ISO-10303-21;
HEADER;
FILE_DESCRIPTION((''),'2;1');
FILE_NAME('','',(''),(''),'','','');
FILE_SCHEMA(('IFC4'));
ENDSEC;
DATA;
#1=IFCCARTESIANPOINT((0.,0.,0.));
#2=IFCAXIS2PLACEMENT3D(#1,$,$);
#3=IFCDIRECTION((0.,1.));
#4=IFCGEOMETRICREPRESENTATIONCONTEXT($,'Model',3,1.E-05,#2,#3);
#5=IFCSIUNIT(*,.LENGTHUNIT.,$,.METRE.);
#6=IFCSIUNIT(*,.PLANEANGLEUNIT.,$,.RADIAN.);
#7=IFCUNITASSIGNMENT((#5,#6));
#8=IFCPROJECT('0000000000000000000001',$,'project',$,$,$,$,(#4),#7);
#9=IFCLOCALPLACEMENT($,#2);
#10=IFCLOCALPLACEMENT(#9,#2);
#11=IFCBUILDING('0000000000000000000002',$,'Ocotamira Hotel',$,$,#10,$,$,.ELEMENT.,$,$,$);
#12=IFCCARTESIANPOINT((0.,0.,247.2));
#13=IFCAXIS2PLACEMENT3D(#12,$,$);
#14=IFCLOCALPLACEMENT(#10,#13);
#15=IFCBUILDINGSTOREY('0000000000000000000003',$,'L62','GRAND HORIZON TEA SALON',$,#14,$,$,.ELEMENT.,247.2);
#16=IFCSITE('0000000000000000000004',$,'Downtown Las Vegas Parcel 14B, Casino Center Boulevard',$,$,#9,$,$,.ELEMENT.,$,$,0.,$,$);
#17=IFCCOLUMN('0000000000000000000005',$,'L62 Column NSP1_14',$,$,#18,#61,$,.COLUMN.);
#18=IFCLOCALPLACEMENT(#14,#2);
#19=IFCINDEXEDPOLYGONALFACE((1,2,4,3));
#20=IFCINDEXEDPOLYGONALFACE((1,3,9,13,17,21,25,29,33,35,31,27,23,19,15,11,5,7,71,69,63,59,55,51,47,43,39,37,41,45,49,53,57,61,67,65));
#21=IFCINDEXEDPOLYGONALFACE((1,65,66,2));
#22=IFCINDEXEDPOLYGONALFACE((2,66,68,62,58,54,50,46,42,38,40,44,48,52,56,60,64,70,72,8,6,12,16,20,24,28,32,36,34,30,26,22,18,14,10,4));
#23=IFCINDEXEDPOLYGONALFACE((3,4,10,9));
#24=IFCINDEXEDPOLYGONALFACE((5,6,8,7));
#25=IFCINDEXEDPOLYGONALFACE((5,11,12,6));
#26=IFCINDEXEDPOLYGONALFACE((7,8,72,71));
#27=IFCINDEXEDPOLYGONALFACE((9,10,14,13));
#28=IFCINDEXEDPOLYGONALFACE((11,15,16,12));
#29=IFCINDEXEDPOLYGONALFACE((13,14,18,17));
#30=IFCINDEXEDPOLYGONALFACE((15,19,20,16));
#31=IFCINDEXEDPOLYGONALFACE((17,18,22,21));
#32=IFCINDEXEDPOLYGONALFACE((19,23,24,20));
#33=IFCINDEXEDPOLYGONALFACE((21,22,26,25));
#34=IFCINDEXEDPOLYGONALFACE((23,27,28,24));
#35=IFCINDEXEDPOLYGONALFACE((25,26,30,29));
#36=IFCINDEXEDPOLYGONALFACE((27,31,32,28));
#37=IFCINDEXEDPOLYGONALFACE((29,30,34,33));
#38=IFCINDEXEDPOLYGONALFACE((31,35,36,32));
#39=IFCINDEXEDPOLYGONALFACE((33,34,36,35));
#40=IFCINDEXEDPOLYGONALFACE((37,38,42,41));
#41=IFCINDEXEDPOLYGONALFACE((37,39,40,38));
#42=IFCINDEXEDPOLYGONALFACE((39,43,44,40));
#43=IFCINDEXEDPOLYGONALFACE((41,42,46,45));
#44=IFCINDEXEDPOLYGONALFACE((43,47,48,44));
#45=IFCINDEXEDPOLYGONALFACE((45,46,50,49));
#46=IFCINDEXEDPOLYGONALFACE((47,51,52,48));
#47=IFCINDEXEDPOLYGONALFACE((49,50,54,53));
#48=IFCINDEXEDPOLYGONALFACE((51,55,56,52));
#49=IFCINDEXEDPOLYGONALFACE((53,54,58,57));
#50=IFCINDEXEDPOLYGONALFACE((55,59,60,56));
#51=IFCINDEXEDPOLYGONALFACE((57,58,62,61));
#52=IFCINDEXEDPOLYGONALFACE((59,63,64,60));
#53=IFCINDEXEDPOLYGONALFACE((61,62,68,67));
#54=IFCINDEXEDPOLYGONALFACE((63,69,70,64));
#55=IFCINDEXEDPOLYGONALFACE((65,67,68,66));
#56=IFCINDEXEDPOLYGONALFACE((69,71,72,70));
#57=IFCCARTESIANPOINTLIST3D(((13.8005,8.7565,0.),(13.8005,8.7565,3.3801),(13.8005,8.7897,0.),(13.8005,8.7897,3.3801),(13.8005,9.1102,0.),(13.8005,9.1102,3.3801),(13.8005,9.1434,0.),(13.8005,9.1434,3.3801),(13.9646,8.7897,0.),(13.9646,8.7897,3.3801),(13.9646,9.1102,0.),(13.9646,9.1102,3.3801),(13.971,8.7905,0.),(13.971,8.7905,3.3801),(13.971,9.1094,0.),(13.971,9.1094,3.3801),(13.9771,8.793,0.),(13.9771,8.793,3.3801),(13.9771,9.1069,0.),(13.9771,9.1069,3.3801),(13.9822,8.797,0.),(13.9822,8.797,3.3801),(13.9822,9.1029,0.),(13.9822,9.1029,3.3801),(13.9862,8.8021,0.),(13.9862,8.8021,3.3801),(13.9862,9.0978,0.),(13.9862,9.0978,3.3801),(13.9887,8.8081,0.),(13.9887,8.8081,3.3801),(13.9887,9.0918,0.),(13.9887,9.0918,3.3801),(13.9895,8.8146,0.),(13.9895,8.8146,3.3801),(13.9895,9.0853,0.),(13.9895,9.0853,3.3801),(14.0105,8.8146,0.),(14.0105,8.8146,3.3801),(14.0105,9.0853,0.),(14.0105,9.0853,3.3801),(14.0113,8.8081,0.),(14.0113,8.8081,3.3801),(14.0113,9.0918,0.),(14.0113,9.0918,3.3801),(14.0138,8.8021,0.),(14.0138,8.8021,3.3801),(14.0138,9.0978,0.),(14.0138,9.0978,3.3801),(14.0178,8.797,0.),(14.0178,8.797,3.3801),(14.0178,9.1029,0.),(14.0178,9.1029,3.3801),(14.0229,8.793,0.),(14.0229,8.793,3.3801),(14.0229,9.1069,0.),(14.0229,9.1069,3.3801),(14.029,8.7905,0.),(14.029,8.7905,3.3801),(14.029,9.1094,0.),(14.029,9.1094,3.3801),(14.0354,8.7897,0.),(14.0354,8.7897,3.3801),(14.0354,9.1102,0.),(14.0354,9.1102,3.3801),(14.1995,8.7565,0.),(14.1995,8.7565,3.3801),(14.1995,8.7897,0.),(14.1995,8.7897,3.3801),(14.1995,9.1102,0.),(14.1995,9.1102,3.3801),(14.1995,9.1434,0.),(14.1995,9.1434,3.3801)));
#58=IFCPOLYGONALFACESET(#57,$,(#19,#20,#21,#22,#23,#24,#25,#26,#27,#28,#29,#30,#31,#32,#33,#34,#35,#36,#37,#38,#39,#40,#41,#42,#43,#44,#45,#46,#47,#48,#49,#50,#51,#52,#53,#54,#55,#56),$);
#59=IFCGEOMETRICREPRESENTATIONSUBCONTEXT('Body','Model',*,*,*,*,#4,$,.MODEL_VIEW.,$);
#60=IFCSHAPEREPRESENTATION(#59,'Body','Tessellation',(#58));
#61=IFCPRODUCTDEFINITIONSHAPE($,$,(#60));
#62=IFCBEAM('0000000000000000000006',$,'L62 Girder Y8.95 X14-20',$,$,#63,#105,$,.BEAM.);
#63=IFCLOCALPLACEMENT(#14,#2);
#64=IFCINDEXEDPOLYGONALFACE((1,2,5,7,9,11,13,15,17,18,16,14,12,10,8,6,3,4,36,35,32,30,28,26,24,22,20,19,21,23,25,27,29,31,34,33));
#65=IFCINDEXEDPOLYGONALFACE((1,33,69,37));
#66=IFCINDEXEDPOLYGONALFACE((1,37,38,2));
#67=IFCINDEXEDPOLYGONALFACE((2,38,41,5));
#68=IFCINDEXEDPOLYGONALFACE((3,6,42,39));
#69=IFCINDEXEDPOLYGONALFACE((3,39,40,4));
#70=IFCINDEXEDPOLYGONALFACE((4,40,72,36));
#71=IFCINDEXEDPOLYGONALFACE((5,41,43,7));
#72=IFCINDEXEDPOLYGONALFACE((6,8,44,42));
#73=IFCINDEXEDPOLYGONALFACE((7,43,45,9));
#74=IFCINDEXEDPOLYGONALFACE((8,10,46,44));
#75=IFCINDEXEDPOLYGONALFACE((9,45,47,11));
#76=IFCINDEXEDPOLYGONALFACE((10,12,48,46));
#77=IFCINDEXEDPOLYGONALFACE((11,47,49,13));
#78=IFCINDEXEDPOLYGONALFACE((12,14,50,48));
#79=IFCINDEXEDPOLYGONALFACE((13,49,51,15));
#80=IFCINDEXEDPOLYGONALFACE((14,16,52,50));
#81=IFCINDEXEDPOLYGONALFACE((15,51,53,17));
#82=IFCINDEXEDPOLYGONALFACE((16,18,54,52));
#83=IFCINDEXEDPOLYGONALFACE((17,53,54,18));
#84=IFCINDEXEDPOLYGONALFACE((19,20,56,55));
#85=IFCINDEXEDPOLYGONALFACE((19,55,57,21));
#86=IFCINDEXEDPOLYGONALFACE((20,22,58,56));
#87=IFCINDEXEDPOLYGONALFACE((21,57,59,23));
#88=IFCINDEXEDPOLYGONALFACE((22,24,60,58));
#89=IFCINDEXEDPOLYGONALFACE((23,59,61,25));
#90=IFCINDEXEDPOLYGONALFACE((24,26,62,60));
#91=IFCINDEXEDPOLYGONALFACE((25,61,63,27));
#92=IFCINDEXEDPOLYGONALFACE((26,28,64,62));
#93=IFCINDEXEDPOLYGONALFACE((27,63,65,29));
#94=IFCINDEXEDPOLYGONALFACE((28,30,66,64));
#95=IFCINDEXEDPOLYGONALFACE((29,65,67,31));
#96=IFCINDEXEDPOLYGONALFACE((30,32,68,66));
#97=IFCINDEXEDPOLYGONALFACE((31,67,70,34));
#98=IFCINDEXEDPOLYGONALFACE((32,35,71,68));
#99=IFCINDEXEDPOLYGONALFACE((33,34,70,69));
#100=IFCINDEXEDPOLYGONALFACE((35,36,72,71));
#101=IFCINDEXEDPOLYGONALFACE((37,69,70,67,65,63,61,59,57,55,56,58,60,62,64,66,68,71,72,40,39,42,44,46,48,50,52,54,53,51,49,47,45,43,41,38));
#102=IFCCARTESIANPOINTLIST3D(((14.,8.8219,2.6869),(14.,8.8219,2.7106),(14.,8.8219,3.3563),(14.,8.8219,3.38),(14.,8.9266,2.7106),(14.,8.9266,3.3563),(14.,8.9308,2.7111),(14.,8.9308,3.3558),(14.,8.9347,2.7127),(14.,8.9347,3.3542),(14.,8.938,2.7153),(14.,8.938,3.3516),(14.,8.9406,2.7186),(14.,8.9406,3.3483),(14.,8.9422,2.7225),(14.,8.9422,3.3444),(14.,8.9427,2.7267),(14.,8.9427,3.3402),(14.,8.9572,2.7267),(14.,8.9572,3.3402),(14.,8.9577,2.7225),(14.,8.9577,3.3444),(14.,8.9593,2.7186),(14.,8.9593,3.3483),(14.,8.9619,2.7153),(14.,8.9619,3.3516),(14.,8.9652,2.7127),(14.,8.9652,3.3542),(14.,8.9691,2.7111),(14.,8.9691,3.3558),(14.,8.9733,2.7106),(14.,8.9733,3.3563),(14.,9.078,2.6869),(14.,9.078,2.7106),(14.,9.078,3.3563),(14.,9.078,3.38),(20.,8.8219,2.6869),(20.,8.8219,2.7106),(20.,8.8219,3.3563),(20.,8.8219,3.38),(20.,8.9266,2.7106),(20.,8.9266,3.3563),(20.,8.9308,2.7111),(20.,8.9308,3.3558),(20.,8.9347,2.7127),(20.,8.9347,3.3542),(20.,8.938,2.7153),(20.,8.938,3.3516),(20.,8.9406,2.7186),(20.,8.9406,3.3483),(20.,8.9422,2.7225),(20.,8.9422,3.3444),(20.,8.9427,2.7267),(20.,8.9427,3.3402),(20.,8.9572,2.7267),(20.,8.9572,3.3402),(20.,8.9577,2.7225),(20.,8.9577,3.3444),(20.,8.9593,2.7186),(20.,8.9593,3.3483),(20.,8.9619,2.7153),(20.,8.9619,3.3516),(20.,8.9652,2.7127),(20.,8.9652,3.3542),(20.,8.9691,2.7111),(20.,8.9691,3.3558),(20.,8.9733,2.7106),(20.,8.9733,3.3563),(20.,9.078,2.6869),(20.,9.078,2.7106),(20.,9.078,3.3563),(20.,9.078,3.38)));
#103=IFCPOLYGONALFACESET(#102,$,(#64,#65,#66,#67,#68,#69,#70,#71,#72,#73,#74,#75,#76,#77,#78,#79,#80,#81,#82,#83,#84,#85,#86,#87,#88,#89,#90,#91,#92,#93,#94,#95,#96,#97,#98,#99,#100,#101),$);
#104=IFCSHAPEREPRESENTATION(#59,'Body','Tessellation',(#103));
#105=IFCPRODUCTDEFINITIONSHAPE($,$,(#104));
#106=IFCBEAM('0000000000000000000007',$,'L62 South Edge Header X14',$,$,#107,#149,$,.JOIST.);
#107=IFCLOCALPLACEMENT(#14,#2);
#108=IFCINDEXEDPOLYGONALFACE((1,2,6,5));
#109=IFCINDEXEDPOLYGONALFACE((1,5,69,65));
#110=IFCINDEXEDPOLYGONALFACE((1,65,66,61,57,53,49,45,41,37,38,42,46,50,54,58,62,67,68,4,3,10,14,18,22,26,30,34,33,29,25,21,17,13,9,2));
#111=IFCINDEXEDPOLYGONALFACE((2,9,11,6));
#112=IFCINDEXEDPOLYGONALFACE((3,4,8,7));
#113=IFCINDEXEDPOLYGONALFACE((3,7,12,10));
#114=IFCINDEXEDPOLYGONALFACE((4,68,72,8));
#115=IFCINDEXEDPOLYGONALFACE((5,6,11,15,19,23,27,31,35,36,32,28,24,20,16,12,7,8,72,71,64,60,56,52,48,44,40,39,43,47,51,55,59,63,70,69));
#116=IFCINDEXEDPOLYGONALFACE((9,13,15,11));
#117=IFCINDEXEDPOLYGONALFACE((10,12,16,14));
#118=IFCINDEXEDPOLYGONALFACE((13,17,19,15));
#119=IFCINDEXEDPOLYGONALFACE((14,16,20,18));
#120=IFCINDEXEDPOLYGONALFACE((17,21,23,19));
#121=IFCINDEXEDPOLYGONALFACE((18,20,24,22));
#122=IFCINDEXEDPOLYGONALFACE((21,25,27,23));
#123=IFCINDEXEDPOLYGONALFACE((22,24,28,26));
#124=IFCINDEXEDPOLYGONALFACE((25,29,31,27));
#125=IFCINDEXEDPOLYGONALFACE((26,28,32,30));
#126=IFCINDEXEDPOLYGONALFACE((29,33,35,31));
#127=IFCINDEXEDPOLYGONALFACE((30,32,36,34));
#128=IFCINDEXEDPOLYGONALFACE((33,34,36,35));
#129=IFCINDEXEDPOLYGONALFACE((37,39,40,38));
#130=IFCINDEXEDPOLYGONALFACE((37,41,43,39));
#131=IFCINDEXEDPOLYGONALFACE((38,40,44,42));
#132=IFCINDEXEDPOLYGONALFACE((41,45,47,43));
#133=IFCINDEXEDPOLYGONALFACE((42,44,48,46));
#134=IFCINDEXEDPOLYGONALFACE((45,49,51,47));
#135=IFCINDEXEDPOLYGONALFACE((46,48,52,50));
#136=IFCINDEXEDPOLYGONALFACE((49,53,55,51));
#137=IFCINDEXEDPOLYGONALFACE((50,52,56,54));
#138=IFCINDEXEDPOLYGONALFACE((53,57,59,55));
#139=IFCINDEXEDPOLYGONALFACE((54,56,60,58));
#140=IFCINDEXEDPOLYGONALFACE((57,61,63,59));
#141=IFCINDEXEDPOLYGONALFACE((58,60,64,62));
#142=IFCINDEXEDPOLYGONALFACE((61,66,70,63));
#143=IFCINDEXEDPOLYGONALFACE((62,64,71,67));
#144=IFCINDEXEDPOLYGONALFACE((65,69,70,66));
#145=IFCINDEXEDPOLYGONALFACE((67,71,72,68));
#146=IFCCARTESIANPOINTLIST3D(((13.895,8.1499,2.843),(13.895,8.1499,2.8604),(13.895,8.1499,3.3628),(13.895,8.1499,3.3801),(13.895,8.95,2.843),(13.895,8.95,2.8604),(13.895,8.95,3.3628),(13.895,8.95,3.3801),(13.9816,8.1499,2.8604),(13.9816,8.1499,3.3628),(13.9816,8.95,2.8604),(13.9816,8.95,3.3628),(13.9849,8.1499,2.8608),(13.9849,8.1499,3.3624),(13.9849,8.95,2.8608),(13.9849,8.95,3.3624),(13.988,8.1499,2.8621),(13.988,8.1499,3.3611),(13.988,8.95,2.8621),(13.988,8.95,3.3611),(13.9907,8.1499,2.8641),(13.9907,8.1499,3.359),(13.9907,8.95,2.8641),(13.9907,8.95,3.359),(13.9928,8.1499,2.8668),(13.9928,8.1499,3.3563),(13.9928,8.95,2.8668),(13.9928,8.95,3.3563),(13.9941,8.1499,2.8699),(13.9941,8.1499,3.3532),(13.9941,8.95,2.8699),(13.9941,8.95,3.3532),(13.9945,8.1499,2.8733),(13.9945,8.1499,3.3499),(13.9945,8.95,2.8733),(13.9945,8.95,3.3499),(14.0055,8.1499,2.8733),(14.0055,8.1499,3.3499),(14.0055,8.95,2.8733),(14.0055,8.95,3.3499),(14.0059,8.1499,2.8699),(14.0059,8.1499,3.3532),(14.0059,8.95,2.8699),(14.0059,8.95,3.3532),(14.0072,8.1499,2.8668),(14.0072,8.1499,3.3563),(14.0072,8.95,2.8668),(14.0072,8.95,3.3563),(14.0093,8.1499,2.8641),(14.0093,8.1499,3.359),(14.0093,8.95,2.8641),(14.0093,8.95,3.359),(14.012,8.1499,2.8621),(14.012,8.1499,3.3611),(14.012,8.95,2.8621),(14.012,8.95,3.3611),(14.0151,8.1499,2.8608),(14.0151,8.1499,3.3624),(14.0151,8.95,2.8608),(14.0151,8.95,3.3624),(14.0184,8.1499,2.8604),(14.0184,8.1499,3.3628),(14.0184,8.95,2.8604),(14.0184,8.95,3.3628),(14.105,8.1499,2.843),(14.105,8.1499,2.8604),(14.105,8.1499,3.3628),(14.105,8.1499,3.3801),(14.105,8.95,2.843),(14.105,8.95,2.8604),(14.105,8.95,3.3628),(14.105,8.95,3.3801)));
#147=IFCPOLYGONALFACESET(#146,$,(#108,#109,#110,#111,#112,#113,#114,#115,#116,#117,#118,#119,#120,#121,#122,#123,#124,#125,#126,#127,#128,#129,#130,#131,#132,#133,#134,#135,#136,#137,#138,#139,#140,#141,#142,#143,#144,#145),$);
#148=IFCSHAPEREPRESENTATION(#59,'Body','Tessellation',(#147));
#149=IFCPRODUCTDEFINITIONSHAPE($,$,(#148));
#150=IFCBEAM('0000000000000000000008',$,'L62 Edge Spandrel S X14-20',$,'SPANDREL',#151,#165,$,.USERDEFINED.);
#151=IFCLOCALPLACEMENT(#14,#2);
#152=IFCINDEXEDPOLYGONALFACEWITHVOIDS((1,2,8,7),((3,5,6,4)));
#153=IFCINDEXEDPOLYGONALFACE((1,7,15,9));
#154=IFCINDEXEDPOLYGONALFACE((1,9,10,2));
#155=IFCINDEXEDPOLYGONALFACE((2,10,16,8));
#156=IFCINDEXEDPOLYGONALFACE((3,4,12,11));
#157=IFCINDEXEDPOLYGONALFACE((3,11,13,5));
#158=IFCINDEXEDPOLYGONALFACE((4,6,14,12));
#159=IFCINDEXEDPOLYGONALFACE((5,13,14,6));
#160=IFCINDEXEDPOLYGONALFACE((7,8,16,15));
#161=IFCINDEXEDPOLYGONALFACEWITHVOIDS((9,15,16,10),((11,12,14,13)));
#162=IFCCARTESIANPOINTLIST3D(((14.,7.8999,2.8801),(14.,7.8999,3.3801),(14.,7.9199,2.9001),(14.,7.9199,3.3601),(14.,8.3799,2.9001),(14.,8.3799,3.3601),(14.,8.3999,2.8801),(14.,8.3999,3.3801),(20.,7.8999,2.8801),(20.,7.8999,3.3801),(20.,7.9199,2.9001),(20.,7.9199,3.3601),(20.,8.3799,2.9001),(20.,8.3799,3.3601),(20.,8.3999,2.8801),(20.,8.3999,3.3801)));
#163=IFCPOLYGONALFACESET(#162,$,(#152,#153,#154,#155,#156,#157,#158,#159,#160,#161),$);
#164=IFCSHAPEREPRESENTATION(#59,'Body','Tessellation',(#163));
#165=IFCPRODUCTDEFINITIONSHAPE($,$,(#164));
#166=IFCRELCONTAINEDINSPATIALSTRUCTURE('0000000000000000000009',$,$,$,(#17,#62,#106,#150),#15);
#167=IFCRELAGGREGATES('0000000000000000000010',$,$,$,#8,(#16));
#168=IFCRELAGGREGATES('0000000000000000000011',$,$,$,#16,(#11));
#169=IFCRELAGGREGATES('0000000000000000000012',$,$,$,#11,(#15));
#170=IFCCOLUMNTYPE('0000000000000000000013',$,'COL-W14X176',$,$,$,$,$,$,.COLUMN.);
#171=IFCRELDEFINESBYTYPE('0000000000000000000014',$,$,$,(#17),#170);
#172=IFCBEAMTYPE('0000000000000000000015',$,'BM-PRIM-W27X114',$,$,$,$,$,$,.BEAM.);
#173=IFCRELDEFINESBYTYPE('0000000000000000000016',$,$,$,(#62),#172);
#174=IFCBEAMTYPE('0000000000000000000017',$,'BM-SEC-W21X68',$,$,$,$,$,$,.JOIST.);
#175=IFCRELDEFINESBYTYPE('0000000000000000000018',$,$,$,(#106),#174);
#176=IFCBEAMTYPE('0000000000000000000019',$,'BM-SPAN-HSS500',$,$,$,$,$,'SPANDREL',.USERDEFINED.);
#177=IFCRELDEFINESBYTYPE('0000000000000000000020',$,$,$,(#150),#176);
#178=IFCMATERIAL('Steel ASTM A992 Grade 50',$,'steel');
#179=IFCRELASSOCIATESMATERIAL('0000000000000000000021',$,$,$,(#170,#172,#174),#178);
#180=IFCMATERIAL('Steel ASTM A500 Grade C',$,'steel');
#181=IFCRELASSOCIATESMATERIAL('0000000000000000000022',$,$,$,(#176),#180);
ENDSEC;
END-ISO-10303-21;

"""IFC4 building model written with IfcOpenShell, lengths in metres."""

from ifc_helpers import new_model, si_unit, direction, frame, origin, origin_2d, place, context, subcontext, project, spatial, hollow_rectangle, i_section, extrude, source, transform, mapped, material, material_profile, profile_set, type_object, element, save


model = new_model("IFC4")

# Units and contexts
model_context = context("Model", 3, precision=1e-05, world=origin(), true_north=direction((0.0, 1.0)))
body_context = subcontext(model_context, "Body", "Model", "MODEL_VIEW")
ifc_project = project(units=[si_unit("LENGTHUNIT", "METRE"), si_unit("PLANEANGLEUNIT", "RADIAN")], contexts=[model_context])

# Site, building, storey
site_placement = place(None, origin())
site = spatial("IfcSite", under=ifc_project, at=site_placement, Name="Downtown Las Vegas Parcel 14B, Casino Center Boulevard", CompositionType="ELEMENT", RefElevation=0.0)
building_placement = place(site_placement, origin())
building = spatial("IfcBuilding", under=site, at=building_placement, Name="Ocotamira Hotel", CompositionType="ELEMENT")
storey_placement = place(building_placement, frame((0.0, 0.0, 247.2)))
storey = spatial("IfcBuildingStorey", under=building, at=storey_placement, Name="L62", Description="GRAND HORIZON TEA SALON", CompositionType="ELEMENT", Elevation=247.2)

# Column
ifc_material_1 = material(Name="Steel ASTM A992 Grade 50", Category="steel")
ifc_material_profile_1 = material_profile(ifc_material_1, i_section(OverallWidth=0.3989, OverallDepth=0.387, WebThickness=0.021, FlangeThickness=0.0332, FilletRadius=0.0249, at=origin_2d()), Name="W14X176")
ifc_profile_set_1 = profile_set([ifc_material_profile_1], Name="Steel ASTM A992 Grade 50")
column_type = type_object("IfcColumnType", Name="COL-W14X176", PredefinedType="COLUMN", material=ifc_profile_set_1)
shared_shape_1 = source(origin(), body_context, "Body", "SweptSolid", [
    extrude(i_section(OverallWidth=0.3989, OverallDepth=0.387, WebThickness=0.021, FlangeThickness=0.0332, FilletRadius=0.0249, at=origin_2d()), origin(), (0.0, 0.0, 1.0), 3.3801),
])
column_placement = place(storey_placement, frame((14.0, 8.95, 0.0), z_axis=(0.0, 0.0, 1.0), x_axis=(1.0, 0.0, 0.0)))
element("IfcColumn", 1, at=column_placement, inside=storey, type_object=column_type, Name="L62 Column NSP1_14", PredefinedType="COLUMN", context=body_context, shape_type="MappedRepresentation", body=[
    mapped(shared_shape_1, transform((0.0, 0.0, 0.0), scale=1.0)),
])

# Beams
ifc_material_profile_2 = material_profile(ifc_material_1, i_section(OverallWidth=0.2561, OverallDepth=0.6931, WebThickness=0.0144, FlangeThickness=0.0237, FilletRadius=0.0161, at=origin_2d()), Name="W27X114")
ifc_profile_set_2 = profile_set([ifc_material_profile_2], Name="Steel ASTM A992 Grade 50")
beam_type_1 = type_object("IfcBeamType", Name="BM-PRIM-W27X114", PredefinedType="BEAM", material=ifc_profile_set_2)
shared_shape_2 = source(origin(), body_context, "Body", "SweptSolid", [
    extrude(i_section(OverallWidth=0.2561, OverallDepth=0.6931, WebThickness=0.0144, FlangeThickness=0.0237, FilletRadius=0.0161, at=origin_2d()), origin(), (0.0, 0.0, 1.0), 6.0),
])
beam_1_placement = place(storey_placement, frame((14.0, 8.95, 3.0334), z_axis=(1.0, 0.0, 0.0), x_axis=(0.0, 1.0, 0.0)))
element("IfcBeam", 2, at=beam_1_placement, inside=storey, type_object=beam_type_1, Name="L62 Girder Y8.95 X14-20", PredefinedType="BEAM", context=body_context, shape_type="MappedRepresentation", body=[
    mapped(shared_shape_2, transform((0.0, 0.0, 0.0), scale=1.0)),
])
ifc_material_profile_3 = material_profile(ifc_material_1, i_section(OverallWidth=0.21, OverallDepth=0.5371, WebThickness=0.011, FlangeThickness=0.0173, FilletRadius=0.0129, at=origin_2d()), Name="W21X68")
ifc_profile_set_3 = profile_set([ifc_material_profile_3], Name="Steel ASTM A992 Grade 50")
beam_type_2 = type_object("IfcBeamType", Name="BM-SEC-W21X68", PredefinedType="JOIST", material=ifc_profile_set_3)
shared_shape_3 = source(origin(), body_context, "Body", "SweptSolid", [
    extrude(i_section(OverallWidth=0.21, OverallDepth=0.5371, WebThickness=0.011, FlangeThickness=0.0173, FilletRadius=0.0129, at=origin_2d()), origin(), (0.0, 0.0, 1.0), 0.8),
])
beam_2_placement = place(storey_placement, frame((14.0, 8.95, 3.1116), z_axis=(0.0, -1.0, 0.0), x_axis=(1.0, 0.0, 0.0)))
element("IfcBeam", 3, at=beam_2_placement, inside=storey, type_object=beam_type_2, Name="L62 South Edge Header X14", PredefinedType="JOIST", context=body_context, shape_type="MappedRepresentation", body=[
    mapped(shared_shape_3, transform((0.0, 0.0, 0.0), scale=1.0)),
])
ifc_material_2 = material(Name="Steel ASTM A500 Grade C", Category="steel")
ifc_material_profile_4 = material_profile(ifc_material_2, hollow_rectangle(XDim=0.5, YDim=0.5, WallThickness=0.02, at=origin_2d()), Name="HSS500X500X20")
ifc_profile_set_4 = profile_set([ifc_material_profile_4], Name="Steel ASTM A500 Grade C")
beam_type_3 = type_object("IfcBeamType", Name="BM-SPAN-HSS500", ElementType="SPANDREL", PredefinedType="USERDEFINED", material=ifc_profile_set_4)
shared_shape_4 = source(origin(), body_context, "Body", "SweptSolid", [
    extrude(hollow_rectangle(XDim=0.5, YDim=0.5, WallThickness=0.02, at=origin_2d()), origin(), (0.0, 0.0, 1.0), 6.0),
])
beam_3_placement = place(storey_placement, frame((14.0, 8.1499, 3.1301), z_axis=(1.0, 0.0, 0.0), x_axis=(0.0, 1.0, 0.0)))
element("IfcBeam", 4, at=beam_3_placement, inside=storey, type_object=beam_type_3, Name="L62 Edge Spandrel S X14-20", ObjectType="SPANDREL", PredefinedType="USERDEFINED", context=body_context, shape_type="MappedRepresentation", body=[
    mapped(shared_shape_4, transform((0.0, 0.0, 0.0), scale=1.0)),
])

save(model, "model.ifc")
